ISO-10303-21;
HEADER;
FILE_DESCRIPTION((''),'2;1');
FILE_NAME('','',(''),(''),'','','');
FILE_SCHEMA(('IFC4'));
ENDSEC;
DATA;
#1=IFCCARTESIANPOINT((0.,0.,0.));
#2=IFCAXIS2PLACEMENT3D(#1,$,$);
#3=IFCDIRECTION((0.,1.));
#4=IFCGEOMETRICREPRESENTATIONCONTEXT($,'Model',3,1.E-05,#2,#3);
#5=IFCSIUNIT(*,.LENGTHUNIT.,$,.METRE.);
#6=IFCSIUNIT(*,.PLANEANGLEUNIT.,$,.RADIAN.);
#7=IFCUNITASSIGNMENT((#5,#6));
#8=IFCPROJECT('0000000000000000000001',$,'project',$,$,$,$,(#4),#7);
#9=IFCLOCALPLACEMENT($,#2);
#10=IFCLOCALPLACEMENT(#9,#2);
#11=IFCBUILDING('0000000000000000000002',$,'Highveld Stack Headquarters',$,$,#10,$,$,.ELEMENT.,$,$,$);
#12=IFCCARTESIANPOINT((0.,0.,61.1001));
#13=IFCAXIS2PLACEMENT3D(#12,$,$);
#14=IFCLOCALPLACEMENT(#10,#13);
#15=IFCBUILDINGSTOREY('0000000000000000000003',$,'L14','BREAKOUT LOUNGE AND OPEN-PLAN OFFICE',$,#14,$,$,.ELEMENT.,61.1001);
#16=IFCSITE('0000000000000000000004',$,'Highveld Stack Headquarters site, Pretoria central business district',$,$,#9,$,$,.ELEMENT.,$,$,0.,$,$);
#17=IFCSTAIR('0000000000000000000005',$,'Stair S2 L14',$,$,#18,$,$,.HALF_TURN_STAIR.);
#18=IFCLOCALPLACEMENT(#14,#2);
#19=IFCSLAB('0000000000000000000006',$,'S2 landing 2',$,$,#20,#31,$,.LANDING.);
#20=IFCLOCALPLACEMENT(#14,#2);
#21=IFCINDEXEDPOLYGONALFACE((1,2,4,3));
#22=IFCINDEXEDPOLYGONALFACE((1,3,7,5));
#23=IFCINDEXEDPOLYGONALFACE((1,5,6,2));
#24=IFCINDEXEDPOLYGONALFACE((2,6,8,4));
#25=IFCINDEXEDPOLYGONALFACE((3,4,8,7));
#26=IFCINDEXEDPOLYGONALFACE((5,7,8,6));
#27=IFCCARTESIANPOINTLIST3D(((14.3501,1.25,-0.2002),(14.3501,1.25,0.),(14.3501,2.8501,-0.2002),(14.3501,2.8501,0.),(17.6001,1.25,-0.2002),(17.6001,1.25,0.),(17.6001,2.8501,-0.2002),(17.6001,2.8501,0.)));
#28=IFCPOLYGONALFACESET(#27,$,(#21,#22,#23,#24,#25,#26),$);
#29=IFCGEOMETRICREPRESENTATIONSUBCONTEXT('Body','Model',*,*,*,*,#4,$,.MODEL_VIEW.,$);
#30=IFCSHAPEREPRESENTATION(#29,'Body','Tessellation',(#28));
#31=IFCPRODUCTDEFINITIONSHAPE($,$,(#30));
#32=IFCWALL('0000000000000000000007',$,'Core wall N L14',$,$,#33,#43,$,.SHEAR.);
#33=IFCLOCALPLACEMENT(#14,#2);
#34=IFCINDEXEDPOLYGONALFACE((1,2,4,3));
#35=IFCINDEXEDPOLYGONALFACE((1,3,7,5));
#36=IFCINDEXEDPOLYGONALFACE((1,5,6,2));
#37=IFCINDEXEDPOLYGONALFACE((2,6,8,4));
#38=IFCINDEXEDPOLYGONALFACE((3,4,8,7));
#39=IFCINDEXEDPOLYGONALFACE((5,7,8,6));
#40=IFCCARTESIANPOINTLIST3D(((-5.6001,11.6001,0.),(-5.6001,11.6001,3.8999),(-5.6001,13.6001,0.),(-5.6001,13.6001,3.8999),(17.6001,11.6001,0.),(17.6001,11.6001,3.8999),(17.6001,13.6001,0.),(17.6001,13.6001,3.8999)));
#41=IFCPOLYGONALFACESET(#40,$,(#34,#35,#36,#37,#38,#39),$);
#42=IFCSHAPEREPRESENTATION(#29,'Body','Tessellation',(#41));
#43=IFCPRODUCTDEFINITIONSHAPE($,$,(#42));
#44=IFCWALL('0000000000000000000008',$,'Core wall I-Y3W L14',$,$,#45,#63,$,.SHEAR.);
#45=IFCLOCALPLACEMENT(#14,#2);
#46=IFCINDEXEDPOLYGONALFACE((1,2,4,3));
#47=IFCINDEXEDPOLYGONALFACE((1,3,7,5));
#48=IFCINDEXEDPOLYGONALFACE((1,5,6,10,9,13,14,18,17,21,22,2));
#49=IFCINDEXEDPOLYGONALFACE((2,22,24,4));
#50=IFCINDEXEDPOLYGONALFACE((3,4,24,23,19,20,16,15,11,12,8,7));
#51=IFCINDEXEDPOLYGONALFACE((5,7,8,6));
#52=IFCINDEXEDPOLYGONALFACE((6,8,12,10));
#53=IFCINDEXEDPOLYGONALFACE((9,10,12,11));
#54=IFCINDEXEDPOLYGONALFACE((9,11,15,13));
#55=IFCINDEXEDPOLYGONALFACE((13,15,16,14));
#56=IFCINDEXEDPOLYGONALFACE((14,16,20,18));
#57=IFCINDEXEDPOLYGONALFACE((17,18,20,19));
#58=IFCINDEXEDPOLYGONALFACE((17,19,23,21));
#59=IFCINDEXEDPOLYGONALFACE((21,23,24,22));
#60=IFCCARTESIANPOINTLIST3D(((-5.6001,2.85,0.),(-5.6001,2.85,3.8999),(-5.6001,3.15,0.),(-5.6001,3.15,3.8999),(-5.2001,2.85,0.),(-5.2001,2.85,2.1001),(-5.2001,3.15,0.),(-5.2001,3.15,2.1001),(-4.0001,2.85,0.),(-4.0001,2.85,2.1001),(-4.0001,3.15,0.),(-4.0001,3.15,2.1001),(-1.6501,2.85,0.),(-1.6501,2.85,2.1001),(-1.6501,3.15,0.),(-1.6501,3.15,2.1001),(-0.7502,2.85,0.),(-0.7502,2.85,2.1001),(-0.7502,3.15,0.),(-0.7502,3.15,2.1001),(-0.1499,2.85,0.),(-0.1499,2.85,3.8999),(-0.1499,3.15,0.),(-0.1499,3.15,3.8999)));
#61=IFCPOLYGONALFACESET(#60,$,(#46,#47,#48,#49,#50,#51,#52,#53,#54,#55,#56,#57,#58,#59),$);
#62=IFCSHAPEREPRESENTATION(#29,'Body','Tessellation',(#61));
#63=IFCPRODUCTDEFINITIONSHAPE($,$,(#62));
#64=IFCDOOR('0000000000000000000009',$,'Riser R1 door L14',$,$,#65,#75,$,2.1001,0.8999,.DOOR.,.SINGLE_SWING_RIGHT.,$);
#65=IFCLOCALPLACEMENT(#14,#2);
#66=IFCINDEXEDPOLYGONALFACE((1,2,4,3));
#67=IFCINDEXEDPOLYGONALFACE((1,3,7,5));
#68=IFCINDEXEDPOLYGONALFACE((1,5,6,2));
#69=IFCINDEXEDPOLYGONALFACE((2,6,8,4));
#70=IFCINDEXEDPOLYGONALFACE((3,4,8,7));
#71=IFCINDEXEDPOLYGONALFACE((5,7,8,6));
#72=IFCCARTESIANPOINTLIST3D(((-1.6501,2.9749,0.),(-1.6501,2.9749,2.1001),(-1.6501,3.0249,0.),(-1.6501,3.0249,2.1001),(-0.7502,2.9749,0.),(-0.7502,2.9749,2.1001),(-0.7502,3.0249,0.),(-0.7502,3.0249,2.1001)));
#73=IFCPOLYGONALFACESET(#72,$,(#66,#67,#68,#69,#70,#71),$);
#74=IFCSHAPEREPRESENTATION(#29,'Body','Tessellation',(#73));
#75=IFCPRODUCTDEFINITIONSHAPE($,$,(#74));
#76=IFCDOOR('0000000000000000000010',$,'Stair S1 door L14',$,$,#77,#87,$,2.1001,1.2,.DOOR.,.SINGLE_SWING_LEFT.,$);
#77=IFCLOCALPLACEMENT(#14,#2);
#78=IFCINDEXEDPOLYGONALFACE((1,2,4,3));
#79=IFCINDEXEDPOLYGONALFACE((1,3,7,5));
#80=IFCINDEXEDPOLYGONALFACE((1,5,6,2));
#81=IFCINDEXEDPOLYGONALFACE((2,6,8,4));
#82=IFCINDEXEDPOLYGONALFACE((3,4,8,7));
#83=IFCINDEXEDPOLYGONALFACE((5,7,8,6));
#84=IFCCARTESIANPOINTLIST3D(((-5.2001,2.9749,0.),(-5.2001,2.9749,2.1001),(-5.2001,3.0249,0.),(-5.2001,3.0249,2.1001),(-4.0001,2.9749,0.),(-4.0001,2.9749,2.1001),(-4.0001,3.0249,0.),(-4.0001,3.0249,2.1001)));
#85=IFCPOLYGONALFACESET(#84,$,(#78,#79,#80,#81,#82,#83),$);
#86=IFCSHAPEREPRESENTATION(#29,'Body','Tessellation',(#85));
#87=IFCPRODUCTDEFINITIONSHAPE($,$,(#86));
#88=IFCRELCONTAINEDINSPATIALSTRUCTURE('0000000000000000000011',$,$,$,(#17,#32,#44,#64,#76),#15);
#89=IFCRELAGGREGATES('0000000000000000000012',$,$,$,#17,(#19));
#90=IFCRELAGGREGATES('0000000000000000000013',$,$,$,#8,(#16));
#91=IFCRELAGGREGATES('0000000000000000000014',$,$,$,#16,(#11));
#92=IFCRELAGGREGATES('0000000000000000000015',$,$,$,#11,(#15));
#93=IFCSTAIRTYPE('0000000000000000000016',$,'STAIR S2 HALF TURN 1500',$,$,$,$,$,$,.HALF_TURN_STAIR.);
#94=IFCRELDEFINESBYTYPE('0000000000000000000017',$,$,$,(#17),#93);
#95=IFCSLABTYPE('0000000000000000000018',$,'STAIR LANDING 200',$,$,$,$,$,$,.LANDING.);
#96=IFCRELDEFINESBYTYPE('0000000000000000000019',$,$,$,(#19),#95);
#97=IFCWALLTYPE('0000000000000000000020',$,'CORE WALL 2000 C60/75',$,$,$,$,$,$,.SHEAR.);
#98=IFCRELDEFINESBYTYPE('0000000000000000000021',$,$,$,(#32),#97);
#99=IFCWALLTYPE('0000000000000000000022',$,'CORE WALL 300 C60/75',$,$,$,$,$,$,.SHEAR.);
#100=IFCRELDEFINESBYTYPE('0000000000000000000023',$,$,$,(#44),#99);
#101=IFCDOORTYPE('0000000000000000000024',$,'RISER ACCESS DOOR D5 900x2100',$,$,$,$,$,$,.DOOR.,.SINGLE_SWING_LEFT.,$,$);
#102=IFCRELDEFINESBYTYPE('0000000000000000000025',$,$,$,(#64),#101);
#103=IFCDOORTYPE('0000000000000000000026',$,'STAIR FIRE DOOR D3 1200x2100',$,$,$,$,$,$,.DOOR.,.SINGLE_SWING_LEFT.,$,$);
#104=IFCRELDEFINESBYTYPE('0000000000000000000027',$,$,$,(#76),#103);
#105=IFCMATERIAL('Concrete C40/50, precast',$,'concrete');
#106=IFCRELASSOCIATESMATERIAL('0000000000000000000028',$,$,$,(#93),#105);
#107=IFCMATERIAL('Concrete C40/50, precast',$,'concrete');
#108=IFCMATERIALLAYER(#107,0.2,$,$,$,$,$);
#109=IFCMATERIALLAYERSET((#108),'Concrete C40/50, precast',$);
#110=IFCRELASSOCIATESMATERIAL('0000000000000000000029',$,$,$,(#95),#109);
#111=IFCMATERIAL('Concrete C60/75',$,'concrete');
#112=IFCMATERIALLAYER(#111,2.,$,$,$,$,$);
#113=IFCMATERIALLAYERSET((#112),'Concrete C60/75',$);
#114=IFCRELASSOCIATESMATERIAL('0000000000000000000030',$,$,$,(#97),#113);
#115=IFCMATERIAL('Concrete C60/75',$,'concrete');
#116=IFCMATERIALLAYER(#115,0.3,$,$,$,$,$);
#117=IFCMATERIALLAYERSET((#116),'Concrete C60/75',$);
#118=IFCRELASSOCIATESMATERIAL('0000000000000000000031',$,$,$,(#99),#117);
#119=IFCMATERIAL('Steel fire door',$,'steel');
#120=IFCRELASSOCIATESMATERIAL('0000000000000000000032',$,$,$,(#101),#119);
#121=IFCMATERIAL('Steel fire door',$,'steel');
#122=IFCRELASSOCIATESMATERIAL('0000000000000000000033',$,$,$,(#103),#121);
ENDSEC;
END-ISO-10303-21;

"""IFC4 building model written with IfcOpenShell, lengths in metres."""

from ifc_helpers import new_model, si_unit, direction, frame, frame_2d, origin, place, context, subcontext, project, spatial, polyline, rectangle, outline, extrude, material, layer, layer_set, type_object, element, fill, aggregate, save


model = new_model("IFC4")

# Units and contexts
model_context = context("Model", 3, precision=1e-05, world=origin(), true_north=direction((0.0, 1.0)))
body_context = subcontext(model_context, "Body", "Model", "MODEL_VIEW")
ifc_project = project(units=[si_unit("LENGTHUNIT", "METRE"), si_unit("PLANEANGLEUNIT", "RADIAN")], contexts=[model_context])

# Site, building, storey
site_placement = place(None, origin())
site = spatial("IfcSite", under=ifc_project, at=site_placement, Name="Highveld Stack Headquarters site, Pretoria central business district", CompositionType="ELEMENT", RefElevation=0.0)
building_placement = place(site_placement, origin())
building = spatial("IfcBuilding", under=site, at=building_placement, Name="Highveld Stack Headquarters", CompositionType="ELEMENT")
storey_placement = place(building_placement, frame((0.0, 0.0, 61.1001)))
storey = spatial("IfcBuildingStorey", under=building, at=storey_placement, Name="L14", Description="BREAKOUT LOUNGE AND OPEN-PLAN OFFICE", CompositionType="ELEMENT", Elevation=61.1001)

# Stair, slab
ifc_material_1 = material(Name="Concrete C40/50, precast", Category="concrete")
stair_type_1 = type_object("IfcStairType", Name="STAIR S2 HALF TURN 1500", PredefinedType="HALF_TURN_STAIR", material=ifc_material_1)
stair_1_placement = place(storey_placement, origin())
stair_1 = element("IfcStair", 1, at=stair_1_placement, inside=storey, type_object=stair_type_1, Name="Stair S2 L14", PredefinedType="HALF_TURN_STAIR")
ifc_material_2 = material(Name="Concrete C40/50, precast", Category="concrete")
ifc_layer_1 = layer(ifc_material_2, 0.2)
ifc_layer_set_1 = layer_set([ifc_layer_1], Name="Concrete C40/50, precast")
slab_type = type_object("IfcSlabType", Name="STAIR LANDING 200", PredefinedType="LANDING", material=ifc_layer_set_1)
slab_placement = place(storey_placement, frame((0.0, 0.0, -0.2002)))
slab = element("IfcSlab", 2, at=slab_placement, type_object=slab_type, Name="S2 landing 2", PredefinedType="LANDING", context=body_context, shape_type="SweptSolid", body=[
    extrude(outline(polyline([(14.3501, 1.25), (17.6001, 1.25), (17.6001, 2.8501), (14.3501, 2.8501), (14.3501, 1.25)])), origin(), (0.0, 0.0, 1.0), 0.2002),
])
aggregate(stair_1, [slab])

# Wall
ifc_material_3 = material(Name="Concrete C60/75", Category="concrete")
ifc_layer_2 = layer(ifc_material_3, 2.0)
ifc_layer_set_2 = layer_set([ifc_layer_2], Name="Concrete C60/75")
wall_type_1 = type_object("IfcWallType", Name="CORE WALL 2000 C60/75", PredefinedType="SHEAR", material=ifc_layer_set_2)
wall_1_placement = place(storey_placement, frame((-5.6001, 12.6001, 0.0), z_axis=(0.0, 0.0, 1.0), x_axis=(1.0, 0.0, 0.0)))
element("IfcWall", 3, at=wall_1_placement, inside=storey, type_object=wall_type_1, Name="Core wall N L14", PredefinedType="SHEAR", context=body_context, shape_type="SweptSolid", body=[
    extrude(rectangle(XDim=23.2002, YDim=2.0, at=frame_2d((11.6001, 0.0))), origin(), (0.0, 0.0, 1.0), 3.8999),
])

# Wall, openings, doors
ifc_material_4 = material(Name="Concrete C60/75", Category="concrete")
ifc_layer_3 = layer(ifc_material_4, 0.3)
ifc_layer_set_3 = layer_set([ifc_layer_3], Name="Concrete C60/75")
wall_type_2 = type_object("IfcWallType", Name="CORE WALL 300 C60/75", PredefinedType="SHEAR", material=ifc_layer_set_3)
wall_2_placement = place(storey_placement, frame((-5.6001, 3.0, 0.0), z_axis=(0.0, 0.0, 1.0), x_axis=(1.0, 0.0, 0.0)))
wall_2 = element("IfcWall", 4, at=wall_2_placement, inside=storey, type_object=wall_type_2, Name="Core wall I-Y3W L14", PredefinedType="SHEAR", context=body_context, shape_type="SweptSolid", body=[
    extrude(rectangle(XDim=5.4502, YDim=0.3, at=frame_2d((2.7251, 0.0))), origin(), (0.0, 0.0, 1.0), 3.8999),
])
opening_1_placement = place(wall_2_placement, frame((0.3999, 0.0, 0.0)))
opening_1 = element("IfcOpeningElement", 5, at=opening_1_placement, cuts=wall_2, PredefinedType="OPENING", context=body_context, shape_type="SweptSolid", body=[
    extrude(rectangle(XDim=1.2, YDim=2.1001, at=frame_2d((0.6001, 1.05))), frame((0.0, 0.1599, 0.0), z_axis=(0.0, -1.0, 0.0), x_axis=(1.0, 0.0, 0.0)), (0.0, 0.0, 1.0), 0.3201),
])
opening_2_placement = place(wall_2_placement, frame((3.95, 0.0, 0.0)))
opening_2 = element("IfcOpeningElement", 6, at=opening_2_placement, cuts=wall_2, PredefinedType="OPENING", context=body_context, shape_type="SweptSolid", body=[
    extrude(rectangle(XDim=0.8999, YDim=2.1001, at=frame_2d((0.45, 1.05))), frame((0.0, 0.1599, 0.0), z_axis=(0.0, -1.0, 0.0), x_axis=(1.0, 0.0, 0.0)), (0.0, 0.0, 1.0), 0.3201),
])
ifc_material_5 = material(Name="Steel fire door", Category="steel")
door_type_1 = type_object("IfcDoorType", Name="RISER ACCESS DOOR D5 900x2100", OperationType="SINGLE_SWING_LEFT", PredefinedType="DOOR", material=ifc_material_5)
door_1_placement = place(opening_2_placement, origin())
door_1 = element("IfcDoor", 7, at=door_1_placement, inside=storey, type_object=door_type_1, Name="Riser R1 door L14", OperationType="SINGLE_SWING_RIGHT", OverallHeight=2.1001, OverallWidth=0.8999, PredefinedType="DOOR", context=body_context, shape_type="SweptSolid", body=[
    extrude(rectangle(XDim=0.8999, YDim=2.1001, at=frame_2d((0.45, 1.05))), frame((0.0, 0.0249, 0.0), z_axis=(0.0, -1.0, 0.0), x_axis=(1.0, 0.0, 0.0)), (0.0, 0.0, 1.0), 0.05),
])
fill(opening_2, door_1)
ifc_material_6 = material(Name="Steel fire door", Category="steel")
door_type_2 = type_object("IfcDoorType", Name="STAIR FIRE DOOR D3 1200x2100", OperationType="SINGLE_SWING_LEFT", PredefinedType="DOOR", material=ifc_material_6)
door_2_placement = place(opening_1_placement, origin())
door_2 = element("IfcDoor", 8, at=door_2_placement, inside=storey, type_object=door_type_2, Name="Stair S1 door L14", OperationType="SINGLE_SWING_LEFT", OverallHeight=2.1001, OverallWidth=1.2, PredefinedType="DOOR", context=body_context, shape_type="SweptSolid", body=[
    extrude(rectangle(XDim=1.2, YDim=2.1001, at=frame_2d((0.6001, 1.05))), frame((0.0, 0.0249, 0.0), z_axis=(0.0, -1.0, 0.0), x_axis=(1.0, 0.0, 0.0)), (0.0, 0.0, 1.0), 0.05),
])
fill(opening_1, door_2)

save(model, "model.ifc")
